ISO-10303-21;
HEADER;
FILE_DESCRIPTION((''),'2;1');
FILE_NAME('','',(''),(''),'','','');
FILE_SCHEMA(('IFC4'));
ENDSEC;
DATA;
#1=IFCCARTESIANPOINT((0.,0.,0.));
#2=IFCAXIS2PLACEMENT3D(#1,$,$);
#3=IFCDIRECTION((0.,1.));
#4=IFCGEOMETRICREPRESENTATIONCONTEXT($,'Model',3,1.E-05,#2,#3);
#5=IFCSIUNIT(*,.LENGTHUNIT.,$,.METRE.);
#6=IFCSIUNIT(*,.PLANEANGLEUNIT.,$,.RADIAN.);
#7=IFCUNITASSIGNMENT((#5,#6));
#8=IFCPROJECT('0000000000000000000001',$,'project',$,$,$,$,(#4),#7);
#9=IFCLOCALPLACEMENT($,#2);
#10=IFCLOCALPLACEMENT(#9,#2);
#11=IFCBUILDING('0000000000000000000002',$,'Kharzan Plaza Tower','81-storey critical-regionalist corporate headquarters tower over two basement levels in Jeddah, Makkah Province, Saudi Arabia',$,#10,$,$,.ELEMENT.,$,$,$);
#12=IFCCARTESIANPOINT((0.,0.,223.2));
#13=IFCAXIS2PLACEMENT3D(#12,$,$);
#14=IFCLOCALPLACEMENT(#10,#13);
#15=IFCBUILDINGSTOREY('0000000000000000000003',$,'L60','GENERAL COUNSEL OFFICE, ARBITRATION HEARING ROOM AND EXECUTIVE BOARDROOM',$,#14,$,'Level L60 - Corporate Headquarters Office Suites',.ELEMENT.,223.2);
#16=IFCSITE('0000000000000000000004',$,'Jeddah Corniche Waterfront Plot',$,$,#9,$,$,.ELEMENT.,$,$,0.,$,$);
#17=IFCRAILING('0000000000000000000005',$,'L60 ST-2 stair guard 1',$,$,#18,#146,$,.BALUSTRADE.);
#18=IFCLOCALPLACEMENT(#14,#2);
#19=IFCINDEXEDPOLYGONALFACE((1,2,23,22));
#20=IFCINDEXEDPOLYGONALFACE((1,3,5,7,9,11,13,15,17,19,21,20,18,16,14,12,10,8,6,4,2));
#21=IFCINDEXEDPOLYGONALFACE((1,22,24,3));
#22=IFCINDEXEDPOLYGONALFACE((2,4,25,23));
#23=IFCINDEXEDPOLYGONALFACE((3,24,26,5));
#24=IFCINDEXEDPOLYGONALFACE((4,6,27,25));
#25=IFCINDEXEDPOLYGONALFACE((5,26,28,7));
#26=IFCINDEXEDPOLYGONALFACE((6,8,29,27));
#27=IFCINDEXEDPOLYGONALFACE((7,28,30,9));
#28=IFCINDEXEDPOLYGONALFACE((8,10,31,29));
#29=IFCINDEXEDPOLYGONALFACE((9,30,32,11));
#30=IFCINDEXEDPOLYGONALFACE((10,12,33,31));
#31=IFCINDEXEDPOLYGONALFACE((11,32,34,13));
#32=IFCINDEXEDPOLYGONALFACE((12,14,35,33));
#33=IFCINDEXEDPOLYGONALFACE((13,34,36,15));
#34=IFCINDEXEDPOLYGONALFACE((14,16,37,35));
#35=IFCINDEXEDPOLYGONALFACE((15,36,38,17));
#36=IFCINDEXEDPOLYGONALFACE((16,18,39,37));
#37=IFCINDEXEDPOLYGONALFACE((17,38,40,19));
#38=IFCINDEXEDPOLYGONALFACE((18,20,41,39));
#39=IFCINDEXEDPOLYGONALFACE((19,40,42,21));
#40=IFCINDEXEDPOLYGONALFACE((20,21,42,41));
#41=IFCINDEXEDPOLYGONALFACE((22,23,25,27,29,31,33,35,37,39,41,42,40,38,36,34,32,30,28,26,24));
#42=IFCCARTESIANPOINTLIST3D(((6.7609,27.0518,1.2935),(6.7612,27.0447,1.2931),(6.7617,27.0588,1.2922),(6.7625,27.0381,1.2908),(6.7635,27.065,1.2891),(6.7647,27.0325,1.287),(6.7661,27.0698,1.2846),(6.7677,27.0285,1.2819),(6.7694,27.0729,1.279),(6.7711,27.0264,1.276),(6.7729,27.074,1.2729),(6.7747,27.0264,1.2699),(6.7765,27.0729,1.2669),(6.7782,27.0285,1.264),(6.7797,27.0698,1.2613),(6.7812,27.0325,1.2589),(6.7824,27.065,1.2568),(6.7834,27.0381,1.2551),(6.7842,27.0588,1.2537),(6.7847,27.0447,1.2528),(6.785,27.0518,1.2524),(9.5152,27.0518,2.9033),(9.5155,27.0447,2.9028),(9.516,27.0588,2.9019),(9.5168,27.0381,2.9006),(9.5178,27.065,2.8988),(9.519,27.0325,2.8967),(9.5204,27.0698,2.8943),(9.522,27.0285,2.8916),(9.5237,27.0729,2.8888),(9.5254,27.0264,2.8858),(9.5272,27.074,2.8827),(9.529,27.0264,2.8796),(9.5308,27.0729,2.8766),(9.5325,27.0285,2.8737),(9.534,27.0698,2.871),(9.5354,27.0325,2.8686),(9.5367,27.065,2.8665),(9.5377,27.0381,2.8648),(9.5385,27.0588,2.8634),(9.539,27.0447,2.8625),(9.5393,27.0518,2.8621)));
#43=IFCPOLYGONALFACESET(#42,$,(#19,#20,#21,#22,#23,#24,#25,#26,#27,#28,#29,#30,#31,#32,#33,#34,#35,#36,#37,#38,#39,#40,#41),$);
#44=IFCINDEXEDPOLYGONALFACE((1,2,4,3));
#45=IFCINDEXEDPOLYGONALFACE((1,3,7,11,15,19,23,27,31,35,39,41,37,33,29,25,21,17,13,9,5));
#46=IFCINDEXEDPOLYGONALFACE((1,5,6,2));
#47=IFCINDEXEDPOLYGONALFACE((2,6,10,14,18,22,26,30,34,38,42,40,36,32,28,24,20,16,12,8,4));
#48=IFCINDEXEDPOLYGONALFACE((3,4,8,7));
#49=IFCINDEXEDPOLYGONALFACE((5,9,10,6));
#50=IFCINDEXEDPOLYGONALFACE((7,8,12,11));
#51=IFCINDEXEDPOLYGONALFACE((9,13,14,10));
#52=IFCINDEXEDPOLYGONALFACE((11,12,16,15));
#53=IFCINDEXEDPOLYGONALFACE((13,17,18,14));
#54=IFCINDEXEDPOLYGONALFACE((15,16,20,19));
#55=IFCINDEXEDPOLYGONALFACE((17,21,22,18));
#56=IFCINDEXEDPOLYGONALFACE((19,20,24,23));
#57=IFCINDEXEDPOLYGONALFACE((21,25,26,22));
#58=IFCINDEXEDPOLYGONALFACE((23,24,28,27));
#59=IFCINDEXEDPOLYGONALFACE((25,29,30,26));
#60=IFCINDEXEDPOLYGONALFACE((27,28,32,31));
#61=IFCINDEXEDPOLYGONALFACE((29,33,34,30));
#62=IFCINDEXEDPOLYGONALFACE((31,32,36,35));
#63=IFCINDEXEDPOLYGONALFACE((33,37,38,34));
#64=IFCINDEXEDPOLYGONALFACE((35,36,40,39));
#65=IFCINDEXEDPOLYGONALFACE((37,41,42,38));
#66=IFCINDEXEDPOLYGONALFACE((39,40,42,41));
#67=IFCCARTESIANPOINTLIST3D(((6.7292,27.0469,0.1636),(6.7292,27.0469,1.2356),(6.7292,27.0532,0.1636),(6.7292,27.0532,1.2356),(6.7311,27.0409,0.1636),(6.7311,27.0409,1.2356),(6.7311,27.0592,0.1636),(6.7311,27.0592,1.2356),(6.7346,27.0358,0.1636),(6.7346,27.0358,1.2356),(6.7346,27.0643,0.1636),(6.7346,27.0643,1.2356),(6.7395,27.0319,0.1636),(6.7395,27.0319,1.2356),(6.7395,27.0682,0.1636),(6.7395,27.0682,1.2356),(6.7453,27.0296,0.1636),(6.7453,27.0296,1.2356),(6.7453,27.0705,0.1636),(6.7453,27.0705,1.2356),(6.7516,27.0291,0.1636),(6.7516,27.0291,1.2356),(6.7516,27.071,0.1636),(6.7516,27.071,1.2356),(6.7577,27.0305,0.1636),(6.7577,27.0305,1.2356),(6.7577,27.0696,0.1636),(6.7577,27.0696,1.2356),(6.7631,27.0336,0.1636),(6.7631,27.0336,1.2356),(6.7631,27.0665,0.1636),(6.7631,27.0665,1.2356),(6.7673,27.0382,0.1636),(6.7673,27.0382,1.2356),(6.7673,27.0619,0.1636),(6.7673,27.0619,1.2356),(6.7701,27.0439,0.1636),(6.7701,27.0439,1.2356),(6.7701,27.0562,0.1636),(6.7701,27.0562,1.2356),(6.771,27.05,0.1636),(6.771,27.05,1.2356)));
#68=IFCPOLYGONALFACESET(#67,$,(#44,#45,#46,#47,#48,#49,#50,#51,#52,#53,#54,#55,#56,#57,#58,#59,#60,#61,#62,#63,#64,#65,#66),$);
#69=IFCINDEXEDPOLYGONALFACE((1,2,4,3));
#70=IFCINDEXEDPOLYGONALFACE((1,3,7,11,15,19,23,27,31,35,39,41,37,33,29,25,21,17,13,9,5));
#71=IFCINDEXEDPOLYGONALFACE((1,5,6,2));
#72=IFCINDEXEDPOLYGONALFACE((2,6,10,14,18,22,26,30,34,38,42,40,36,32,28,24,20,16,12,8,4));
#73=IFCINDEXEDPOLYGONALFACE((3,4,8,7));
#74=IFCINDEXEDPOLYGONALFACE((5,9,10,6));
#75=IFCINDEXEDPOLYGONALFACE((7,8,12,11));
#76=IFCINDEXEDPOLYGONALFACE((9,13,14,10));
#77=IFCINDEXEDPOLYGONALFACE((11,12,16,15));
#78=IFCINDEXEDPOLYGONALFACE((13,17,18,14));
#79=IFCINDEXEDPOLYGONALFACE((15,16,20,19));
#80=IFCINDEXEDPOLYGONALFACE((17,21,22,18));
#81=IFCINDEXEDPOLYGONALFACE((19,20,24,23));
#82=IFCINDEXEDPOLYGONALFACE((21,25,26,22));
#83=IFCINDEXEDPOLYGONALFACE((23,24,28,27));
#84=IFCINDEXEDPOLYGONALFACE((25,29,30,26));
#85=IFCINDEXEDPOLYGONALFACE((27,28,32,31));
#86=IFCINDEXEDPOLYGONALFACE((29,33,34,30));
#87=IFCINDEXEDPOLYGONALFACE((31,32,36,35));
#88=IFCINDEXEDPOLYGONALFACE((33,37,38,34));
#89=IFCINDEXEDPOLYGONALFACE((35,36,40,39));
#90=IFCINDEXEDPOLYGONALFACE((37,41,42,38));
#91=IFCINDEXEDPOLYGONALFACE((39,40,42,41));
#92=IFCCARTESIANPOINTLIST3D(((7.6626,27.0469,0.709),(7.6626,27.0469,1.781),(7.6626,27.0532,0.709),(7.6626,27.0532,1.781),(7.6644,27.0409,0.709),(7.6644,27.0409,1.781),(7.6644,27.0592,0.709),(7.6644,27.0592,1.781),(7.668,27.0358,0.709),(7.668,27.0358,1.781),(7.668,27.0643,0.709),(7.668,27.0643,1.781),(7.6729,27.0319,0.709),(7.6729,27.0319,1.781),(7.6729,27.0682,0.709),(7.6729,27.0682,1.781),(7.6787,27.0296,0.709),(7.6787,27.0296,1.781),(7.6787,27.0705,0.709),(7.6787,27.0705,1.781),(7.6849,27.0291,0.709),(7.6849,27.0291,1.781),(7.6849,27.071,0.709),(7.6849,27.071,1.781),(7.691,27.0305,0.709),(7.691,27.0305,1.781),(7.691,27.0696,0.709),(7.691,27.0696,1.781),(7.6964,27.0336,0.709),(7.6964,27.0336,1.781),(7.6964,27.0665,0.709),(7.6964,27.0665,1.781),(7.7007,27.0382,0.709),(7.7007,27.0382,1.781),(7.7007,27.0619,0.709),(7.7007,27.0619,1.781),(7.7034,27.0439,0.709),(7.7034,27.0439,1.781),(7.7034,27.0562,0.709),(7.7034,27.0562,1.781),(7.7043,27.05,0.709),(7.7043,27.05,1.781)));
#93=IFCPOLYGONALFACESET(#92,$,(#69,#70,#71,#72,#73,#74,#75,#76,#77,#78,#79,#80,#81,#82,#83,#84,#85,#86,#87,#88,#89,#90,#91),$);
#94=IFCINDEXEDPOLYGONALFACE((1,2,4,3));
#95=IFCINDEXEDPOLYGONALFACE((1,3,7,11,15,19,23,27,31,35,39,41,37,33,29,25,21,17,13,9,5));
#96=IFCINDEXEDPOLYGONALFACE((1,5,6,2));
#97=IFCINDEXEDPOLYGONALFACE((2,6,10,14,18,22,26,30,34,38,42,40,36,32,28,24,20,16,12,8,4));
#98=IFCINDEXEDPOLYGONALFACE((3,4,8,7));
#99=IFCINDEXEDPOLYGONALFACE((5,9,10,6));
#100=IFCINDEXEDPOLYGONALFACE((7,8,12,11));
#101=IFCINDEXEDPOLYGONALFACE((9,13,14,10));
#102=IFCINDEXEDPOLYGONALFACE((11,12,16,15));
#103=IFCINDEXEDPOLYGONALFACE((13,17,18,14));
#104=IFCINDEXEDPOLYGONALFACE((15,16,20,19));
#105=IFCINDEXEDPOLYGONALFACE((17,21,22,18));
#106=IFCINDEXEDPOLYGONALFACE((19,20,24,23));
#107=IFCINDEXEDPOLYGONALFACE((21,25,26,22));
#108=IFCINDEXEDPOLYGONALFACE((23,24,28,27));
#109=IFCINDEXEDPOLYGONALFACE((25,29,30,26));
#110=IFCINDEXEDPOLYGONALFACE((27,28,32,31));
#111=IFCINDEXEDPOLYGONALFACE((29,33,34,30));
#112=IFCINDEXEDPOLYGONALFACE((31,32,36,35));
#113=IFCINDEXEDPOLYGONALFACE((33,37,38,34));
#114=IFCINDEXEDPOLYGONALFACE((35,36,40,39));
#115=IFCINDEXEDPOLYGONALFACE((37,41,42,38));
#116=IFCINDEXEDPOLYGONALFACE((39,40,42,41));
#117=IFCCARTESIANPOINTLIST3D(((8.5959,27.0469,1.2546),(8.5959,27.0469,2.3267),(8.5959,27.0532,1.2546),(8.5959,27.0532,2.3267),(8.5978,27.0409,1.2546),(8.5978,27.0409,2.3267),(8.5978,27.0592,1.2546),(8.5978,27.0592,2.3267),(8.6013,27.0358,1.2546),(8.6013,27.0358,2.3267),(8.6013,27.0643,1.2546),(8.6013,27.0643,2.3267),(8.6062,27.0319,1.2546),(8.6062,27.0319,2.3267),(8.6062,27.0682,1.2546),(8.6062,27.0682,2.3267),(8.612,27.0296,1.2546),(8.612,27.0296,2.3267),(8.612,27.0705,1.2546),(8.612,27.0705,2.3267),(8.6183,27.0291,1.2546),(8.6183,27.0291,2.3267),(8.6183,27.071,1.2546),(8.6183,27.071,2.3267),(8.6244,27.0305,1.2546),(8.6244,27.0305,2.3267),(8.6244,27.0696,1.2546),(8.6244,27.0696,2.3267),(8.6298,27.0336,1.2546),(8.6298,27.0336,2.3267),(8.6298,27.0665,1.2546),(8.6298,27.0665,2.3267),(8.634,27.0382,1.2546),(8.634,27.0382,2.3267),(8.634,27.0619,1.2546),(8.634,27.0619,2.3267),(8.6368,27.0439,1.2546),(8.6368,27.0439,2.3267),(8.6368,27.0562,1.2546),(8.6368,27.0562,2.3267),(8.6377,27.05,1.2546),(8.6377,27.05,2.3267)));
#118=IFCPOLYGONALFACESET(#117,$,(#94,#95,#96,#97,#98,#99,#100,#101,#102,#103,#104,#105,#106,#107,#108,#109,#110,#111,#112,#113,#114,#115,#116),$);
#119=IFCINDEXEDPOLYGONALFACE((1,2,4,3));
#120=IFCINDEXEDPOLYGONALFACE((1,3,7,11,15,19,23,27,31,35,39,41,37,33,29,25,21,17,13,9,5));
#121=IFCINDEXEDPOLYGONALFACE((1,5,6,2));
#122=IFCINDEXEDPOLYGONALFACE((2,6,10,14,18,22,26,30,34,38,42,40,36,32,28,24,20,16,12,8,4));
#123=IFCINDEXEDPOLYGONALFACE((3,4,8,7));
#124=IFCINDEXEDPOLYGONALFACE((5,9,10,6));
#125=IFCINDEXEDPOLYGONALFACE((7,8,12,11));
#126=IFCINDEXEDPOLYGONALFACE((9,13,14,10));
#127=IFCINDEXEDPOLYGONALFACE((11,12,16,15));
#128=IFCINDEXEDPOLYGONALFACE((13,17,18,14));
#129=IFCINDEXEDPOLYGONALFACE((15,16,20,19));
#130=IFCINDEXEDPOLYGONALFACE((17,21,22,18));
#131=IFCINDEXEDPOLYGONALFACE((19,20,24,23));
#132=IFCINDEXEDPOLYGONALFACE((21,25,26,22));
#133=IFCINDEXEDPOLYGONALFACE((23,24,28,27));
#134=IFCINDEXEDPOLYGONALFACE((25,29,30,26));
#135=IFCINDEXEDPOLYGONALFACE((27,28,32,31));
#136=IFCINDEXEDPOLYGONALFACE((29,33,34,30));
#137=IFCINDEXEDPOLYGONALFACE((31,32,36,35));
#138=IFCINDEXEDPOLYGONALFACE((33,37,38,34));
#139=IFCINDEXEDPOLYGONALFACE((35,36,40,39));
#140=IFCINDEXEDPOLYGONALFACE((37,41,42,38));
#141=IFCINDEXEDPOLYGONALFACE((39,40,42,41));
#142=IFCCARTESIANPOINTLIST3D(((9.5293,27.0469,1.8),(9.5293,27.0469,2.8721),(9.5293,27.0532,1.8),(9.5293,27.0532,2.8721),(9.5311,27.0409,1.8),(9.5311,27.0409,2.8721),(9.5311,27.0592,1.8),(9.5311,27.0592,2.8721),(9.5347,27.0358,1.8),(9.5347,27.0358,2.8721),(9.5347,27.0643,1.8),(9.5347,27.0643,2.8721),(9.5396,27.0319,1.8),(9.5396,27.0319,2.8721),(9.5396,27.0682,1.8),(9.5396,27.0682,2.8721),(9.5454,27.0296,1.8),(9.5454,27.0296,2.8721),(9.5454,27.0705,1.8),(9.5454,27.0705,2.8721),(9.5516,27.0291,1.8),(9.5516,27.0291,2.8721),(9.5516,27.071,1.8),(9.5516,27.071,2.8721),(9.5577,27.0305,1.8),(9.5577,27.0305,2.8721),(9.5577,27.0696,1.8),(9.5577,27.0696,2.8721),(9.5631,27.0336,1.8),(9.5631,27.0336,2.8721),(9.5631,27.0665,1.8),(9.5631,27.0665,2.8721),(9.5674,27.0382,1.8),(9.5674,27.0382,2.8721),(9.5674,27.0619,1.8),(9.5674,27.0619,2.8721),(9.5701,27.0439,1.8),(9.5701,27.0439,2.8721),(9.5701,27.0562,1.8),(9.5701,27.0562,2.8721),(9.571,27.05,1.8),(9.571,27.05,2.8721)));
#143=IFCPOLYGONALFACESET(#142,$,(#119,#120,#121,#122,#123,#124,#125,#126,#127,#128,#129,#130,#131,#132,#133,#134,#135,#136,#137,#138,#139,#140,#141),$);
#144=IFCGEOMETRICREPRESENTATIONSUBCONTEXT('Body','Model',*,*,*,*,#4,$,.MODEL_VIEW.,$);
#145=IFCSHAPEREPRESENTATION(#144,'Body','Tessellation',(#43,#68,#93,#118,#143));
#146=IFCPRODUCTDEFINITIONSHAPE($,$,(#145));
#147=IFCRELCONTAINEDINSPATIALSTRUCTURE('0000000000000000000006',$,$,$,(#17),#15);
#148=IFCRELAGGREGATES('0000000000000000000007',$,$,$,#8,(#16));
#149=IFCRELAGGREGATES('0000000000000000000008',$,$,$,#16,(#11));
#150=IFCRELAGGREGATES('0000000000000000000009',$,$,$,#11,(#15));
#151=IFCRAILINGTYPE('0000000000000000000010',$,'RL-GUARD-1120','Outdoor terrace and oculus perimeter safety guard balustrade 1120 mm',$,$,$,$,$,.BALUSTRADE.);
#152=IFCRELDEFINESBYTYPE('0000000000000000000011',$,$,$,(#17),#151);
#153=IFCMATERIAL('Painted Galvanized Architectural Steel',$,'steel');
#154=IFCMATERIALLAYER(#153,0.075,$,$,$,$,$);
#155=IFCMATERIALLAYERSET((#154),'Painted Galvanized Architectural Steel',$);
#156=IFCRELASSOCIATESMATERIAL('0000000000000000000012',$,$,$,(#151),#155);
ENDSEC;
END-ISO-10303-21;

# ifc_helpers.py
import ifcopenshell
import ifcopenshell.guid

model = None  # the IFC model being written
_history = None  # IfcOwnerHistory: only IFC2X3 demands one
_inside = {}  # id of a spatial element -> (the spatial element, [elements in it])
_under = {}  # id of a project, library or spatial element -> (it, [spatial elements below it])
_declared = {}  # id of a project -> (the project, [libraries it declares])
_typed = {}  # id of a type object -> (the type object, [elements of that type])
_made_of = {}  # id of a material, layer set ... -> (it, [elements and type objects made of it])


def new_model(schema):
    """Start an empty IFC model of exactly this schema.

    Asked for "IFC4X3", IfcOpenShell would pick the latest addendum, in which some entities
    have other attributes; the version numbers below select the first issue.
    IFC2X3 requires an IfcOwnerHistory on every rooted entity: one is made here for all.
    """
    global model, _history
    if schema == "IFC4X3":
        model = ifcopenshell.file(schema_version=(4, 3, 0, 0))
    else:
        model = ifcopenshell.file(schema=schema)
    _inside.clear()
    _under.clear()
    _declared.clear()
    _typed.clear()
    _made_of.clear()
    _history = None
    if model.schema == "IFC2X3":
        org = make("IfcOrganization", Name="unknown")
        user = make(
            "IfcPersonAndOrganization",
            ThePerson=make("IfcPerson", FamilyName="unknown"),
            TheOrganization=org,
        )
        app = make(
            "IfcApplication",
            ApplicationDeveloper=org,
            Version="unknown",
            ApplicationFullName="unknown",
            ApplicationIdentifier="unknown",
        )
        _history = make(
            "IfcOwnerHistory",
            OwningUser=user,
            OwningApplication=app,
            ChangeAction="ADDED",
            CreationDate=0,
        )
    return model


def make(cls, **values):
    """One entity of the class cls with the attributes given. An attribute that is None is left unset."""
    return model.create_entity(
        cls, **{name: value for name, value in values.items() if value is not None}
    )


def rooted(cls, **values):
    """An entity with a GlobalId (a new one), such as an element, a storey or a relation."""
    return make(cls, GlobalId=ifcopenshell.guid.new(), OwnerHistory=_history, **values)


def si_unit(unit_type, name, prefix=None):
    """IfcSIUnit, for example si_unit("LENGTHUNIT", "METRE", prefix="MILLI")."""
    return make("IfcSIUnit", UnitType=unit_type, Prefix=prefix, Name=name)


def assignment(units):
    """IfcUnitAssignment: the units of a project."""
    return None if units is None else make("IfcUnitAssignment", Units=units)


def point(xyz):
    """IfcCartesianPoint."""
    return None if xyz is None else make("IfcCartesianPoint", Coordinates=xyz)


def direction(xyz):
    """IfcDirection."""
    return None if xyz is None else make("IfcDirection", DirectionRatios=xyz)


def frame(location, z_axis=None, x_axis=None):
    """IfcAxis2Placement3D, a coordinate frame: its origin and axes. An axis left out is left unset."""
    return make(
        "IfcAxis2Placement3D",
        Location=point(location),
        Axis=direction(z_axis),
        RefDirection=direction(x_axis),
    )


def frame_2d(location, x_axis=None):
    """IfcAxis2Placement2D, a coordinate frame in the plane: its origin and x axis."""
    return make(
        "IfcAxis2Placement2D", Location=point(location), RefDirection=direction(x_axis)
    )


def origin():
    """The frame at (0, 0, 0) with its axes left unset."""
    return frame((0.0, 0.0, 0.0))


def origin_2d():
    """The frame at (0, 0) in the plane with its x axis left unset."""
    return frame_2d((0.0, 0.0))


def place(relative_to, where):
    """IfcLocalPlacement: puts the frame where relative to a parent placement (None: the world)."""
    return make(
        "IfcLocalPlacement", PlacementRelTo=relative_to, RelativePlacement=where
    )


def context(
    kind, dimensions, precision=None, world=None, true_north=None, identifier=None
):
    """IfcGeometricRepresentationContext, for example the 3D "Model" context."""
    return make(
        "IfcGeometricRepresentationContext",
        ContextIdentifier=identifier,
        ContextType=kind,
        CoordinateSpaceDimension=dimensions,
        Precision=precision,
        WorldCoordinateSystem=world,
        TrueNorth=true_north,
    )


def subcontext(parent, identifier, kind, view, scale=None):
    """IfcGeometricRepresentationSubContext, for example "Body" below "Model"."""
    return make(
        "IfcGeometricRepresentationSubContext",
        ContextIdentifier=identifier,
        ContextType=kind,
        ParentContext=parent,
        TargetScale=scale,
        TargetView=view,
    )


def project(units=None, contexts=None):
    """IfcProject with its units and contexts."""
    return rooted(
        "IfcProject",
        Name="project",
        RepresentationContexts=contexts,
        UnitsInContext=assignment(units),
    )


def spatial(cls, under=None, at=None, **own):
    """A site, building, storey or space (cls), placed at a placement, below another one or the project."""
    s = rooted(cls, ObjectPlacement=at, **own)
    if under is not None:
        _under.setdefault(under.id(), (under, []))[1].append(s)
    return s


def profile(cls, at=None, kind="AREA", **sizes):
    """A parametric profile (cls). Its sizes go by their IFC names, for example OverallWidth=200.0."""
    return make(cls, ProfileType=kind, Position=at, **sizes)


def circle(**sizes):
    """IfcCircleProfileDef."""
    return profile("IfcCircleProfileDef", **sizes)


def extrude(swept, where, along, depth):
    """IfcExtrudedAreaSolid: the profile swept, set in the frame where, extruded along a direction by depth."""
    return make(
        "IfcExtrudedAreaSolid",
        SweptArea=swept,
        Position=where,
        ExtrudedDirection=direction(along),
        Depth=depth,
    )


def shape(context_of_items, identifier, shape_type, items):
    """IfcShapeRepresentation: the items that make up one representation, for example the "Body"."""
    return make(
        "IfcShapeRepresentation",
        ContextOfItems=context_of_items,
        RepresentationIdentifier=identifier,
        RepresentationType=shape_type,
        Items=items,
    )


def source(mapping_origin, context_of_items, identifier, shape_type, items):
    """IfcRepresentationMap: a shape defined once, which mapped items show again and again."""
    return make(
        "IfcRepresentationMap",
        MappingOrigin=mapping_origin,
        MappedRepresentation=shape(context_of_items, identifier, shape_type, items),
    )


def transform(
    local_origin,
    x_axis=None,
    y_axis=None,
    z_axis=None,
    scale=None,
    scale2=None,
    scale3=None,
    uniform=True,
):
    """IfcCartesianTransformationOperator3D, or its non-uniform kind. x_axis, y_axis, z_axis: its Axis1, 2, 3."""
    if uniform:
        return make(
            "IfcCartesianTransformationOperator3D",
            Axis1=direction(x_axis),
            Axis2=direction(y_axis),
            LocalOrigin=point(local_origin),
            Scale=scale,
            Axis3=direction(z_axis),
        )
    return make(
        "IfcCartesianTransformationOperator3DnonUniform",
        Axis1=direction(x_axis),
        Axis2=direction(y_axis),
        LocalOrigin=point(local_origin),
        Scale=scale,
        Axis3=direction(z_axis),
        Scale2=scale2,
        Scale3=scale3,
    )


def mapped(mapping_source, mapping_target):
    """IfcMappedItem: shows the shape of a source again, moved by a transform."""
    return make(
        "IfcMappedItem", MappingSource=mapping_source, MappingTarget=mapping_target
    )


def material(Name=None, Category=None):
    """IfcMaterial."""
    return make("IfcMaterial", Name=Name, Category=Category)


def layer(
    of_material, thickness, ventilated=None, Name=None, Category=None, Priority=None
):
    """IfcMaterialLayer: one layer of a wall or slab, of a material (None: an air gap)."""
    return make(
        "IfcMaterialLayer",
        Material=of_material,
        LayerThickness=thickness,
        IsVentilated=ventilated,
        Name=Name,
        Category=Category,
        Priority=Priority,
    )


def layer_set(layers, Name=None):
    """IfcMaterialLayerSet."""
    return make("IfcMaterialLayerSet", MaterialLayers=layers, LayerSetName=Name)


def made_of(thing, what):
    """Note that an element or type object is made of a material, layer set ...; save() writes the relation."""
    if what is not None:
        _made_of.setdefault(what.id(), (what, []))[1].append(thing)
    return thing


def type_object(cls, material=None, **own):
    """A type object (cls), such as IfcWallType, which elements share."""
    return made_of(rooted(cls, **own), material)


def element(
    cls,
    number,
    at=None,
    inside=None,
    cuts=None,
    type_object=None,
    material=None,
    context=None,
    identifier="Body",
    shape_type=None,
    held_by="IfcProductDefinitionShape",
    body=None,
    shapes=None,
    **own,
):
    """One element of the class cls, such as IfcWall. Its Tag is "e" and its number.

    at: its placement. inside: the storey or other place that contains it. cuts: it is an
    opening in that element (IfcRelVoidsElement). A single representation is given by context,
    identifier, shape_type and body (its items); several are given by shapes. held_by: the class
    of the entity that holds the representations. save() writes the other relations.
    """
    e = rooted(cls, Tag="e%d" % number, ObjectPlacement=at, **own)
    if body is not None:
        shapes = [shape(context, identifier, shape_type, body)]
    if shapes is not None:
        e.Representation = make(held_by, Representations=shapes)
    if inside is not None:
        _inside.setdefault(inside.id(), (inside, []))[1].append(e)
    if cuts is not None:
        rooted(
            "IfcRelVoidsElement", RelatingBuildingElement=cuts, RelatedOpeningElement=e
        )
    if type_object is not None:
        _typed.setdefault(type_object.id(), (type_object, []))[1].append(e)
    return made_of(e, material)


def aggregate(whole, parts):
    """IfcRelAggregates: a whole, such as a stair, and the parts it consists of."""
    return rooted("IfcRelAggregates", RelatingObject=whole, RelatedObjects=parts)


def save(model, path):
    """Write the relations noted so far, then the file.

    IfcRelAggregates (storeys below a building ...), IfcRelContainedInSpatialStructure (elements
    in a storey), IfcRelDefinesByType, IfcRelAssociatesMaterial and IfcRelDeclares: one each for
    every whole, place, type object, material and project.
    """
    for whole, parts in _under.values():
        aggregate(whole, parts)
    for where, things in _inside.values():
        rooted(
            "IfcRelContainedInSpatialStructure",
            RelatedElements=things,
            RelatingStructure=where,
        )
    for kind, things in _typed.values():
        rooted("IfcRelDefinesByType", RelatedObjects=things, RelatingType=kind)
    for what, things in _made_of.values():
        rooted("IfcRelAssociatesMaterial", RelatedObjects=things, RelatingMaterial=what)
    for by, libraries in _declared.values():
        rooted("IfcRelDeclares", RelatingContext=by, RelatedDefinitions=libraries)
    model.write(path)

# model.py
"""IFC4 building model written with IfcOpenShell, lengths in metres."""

from ifc_helpers import new_model, si_unit, direction, frame, origin, origin_2d, place, context, subcontext, project, spatial, circle, extrude, source, transform, mapped, material, layer, layer_set, type_object, element, save


model = new_model("IFC4")

# Units and contexts
model_context = context("Model", 3, precision=1e-05, world=origin(), true_north=direction((0.0, 1.0)))
body_context = subcontext(model_context, "Body", "Model", "MODEL_VIEW")
ifc_project = project(units=[si_unit("LENGTHUNIT", "METRE"), si_unit("PLANEANGLEUNIT", "RADIAN")], contexts=[model_context])

# Site, building, storey
site_placement = place(None, origin())
site = spatial("IfcSite", under=ifc_project, at=site_placement, Name="Jeddah Corniche Waterfront Plot", CompositionType="ELEMENT", RefElevation=0.0)
building_placement = place(site_placement, origin())
building = spatial("IfcBuilding", under=site, at=building_placement, Name="Kharzan Plaza Tower", Description="81-storey critical-regionalist corporate headquarters tower over two basement levels in Jeddah, Makkah Province, Saudi Arabia", CompositionType="ELEMENT")
storey_placement = place(building_placement, frame((0.0, 0.0, 223.2)))
storey = spatial("IfcBuildingStorey", under=building, at=storey_placement, Name="L60", Description="GENERAL COUNSEL OFFICE, ARBITRATION HEARING ROOM AND EXECUTIVE BOARDROOM", LongName="Level L60 - Corporate Headquarters Office Suites", CompositionType="ELEMENT", Elevation=223.2)

# Railing
ifc_material_1 = material(Name="Painted Galvanized Architectural Steel", Category="steel")
ifc_layer_1 = layer(ifc_material_1, 0.075)
ifc_layer_set_1 = layer_set([ifc_layer_1], Name="Painted Galvanized Architectural Steel")
railing_type_1 = type_object("IfcRailingType", Name="RL-GUARD-1120", Description="Outdoor terrace and oculus perimeter safety guard balustrade 1120 mm", PredefinedType="BALUSTRADE", material=ifc_layer_set_1)
shared_shape_1 = source(origin(), body_context, "Body", "SweptSolid", [
    extrude(circle(Radius=0.0239, at=origin_2d()), frame((0.0229, 0.0, 1.1094), z_axis=(0.863361, 0.0, 0.504587), x_axis=(0.0, 1.0, 0.0)), (0.0, 0.0, 1.0), 3.1902),
    extrude(circle(Radius=0.021, at=origin_2d()), origin(), (0.0, 0.0, 1.0), 1.072),
    extrude(circle(Radius=0.021, at=origin_2d()), frame((0.9333, 0.0, 0.5454)), (0.0, 0.0, 1.0), 1.072),
    extrude(circle(Radius=0.021, at=origin_2d()), frame((1.8667, 0.0, 1.0911)), (0.0, 0.0, 1.0), 1.072),
    extrude(circle(Radius=0.021, at=origin_2d()), frame((2.8, 0.0, 1.6365)), (0.0, 0.0, 1.0), 1.072),
])
railing_1_placement = place(storey_placement, frame((6.75, 27.05, 0.1636)))
element("IfcRailing", 1, at=railing_1_placement, inside=storey, type_object=railing_type_1, Name="L60 ST-2 stair guard 1", PredefinedType="BALUSTRADE", context=body_context, shape_type="MappedRepresentation", body=[
    mapped(shared_shape_1, transform((0.0, 0.0, 0.0), x_axis=(1.0, 0.0, 0.0), y_axis=(0.0, 1.0, 0.0), z_axis=(0.0, 0.0, 1.0))),
])

save(model, "model.ifc")
